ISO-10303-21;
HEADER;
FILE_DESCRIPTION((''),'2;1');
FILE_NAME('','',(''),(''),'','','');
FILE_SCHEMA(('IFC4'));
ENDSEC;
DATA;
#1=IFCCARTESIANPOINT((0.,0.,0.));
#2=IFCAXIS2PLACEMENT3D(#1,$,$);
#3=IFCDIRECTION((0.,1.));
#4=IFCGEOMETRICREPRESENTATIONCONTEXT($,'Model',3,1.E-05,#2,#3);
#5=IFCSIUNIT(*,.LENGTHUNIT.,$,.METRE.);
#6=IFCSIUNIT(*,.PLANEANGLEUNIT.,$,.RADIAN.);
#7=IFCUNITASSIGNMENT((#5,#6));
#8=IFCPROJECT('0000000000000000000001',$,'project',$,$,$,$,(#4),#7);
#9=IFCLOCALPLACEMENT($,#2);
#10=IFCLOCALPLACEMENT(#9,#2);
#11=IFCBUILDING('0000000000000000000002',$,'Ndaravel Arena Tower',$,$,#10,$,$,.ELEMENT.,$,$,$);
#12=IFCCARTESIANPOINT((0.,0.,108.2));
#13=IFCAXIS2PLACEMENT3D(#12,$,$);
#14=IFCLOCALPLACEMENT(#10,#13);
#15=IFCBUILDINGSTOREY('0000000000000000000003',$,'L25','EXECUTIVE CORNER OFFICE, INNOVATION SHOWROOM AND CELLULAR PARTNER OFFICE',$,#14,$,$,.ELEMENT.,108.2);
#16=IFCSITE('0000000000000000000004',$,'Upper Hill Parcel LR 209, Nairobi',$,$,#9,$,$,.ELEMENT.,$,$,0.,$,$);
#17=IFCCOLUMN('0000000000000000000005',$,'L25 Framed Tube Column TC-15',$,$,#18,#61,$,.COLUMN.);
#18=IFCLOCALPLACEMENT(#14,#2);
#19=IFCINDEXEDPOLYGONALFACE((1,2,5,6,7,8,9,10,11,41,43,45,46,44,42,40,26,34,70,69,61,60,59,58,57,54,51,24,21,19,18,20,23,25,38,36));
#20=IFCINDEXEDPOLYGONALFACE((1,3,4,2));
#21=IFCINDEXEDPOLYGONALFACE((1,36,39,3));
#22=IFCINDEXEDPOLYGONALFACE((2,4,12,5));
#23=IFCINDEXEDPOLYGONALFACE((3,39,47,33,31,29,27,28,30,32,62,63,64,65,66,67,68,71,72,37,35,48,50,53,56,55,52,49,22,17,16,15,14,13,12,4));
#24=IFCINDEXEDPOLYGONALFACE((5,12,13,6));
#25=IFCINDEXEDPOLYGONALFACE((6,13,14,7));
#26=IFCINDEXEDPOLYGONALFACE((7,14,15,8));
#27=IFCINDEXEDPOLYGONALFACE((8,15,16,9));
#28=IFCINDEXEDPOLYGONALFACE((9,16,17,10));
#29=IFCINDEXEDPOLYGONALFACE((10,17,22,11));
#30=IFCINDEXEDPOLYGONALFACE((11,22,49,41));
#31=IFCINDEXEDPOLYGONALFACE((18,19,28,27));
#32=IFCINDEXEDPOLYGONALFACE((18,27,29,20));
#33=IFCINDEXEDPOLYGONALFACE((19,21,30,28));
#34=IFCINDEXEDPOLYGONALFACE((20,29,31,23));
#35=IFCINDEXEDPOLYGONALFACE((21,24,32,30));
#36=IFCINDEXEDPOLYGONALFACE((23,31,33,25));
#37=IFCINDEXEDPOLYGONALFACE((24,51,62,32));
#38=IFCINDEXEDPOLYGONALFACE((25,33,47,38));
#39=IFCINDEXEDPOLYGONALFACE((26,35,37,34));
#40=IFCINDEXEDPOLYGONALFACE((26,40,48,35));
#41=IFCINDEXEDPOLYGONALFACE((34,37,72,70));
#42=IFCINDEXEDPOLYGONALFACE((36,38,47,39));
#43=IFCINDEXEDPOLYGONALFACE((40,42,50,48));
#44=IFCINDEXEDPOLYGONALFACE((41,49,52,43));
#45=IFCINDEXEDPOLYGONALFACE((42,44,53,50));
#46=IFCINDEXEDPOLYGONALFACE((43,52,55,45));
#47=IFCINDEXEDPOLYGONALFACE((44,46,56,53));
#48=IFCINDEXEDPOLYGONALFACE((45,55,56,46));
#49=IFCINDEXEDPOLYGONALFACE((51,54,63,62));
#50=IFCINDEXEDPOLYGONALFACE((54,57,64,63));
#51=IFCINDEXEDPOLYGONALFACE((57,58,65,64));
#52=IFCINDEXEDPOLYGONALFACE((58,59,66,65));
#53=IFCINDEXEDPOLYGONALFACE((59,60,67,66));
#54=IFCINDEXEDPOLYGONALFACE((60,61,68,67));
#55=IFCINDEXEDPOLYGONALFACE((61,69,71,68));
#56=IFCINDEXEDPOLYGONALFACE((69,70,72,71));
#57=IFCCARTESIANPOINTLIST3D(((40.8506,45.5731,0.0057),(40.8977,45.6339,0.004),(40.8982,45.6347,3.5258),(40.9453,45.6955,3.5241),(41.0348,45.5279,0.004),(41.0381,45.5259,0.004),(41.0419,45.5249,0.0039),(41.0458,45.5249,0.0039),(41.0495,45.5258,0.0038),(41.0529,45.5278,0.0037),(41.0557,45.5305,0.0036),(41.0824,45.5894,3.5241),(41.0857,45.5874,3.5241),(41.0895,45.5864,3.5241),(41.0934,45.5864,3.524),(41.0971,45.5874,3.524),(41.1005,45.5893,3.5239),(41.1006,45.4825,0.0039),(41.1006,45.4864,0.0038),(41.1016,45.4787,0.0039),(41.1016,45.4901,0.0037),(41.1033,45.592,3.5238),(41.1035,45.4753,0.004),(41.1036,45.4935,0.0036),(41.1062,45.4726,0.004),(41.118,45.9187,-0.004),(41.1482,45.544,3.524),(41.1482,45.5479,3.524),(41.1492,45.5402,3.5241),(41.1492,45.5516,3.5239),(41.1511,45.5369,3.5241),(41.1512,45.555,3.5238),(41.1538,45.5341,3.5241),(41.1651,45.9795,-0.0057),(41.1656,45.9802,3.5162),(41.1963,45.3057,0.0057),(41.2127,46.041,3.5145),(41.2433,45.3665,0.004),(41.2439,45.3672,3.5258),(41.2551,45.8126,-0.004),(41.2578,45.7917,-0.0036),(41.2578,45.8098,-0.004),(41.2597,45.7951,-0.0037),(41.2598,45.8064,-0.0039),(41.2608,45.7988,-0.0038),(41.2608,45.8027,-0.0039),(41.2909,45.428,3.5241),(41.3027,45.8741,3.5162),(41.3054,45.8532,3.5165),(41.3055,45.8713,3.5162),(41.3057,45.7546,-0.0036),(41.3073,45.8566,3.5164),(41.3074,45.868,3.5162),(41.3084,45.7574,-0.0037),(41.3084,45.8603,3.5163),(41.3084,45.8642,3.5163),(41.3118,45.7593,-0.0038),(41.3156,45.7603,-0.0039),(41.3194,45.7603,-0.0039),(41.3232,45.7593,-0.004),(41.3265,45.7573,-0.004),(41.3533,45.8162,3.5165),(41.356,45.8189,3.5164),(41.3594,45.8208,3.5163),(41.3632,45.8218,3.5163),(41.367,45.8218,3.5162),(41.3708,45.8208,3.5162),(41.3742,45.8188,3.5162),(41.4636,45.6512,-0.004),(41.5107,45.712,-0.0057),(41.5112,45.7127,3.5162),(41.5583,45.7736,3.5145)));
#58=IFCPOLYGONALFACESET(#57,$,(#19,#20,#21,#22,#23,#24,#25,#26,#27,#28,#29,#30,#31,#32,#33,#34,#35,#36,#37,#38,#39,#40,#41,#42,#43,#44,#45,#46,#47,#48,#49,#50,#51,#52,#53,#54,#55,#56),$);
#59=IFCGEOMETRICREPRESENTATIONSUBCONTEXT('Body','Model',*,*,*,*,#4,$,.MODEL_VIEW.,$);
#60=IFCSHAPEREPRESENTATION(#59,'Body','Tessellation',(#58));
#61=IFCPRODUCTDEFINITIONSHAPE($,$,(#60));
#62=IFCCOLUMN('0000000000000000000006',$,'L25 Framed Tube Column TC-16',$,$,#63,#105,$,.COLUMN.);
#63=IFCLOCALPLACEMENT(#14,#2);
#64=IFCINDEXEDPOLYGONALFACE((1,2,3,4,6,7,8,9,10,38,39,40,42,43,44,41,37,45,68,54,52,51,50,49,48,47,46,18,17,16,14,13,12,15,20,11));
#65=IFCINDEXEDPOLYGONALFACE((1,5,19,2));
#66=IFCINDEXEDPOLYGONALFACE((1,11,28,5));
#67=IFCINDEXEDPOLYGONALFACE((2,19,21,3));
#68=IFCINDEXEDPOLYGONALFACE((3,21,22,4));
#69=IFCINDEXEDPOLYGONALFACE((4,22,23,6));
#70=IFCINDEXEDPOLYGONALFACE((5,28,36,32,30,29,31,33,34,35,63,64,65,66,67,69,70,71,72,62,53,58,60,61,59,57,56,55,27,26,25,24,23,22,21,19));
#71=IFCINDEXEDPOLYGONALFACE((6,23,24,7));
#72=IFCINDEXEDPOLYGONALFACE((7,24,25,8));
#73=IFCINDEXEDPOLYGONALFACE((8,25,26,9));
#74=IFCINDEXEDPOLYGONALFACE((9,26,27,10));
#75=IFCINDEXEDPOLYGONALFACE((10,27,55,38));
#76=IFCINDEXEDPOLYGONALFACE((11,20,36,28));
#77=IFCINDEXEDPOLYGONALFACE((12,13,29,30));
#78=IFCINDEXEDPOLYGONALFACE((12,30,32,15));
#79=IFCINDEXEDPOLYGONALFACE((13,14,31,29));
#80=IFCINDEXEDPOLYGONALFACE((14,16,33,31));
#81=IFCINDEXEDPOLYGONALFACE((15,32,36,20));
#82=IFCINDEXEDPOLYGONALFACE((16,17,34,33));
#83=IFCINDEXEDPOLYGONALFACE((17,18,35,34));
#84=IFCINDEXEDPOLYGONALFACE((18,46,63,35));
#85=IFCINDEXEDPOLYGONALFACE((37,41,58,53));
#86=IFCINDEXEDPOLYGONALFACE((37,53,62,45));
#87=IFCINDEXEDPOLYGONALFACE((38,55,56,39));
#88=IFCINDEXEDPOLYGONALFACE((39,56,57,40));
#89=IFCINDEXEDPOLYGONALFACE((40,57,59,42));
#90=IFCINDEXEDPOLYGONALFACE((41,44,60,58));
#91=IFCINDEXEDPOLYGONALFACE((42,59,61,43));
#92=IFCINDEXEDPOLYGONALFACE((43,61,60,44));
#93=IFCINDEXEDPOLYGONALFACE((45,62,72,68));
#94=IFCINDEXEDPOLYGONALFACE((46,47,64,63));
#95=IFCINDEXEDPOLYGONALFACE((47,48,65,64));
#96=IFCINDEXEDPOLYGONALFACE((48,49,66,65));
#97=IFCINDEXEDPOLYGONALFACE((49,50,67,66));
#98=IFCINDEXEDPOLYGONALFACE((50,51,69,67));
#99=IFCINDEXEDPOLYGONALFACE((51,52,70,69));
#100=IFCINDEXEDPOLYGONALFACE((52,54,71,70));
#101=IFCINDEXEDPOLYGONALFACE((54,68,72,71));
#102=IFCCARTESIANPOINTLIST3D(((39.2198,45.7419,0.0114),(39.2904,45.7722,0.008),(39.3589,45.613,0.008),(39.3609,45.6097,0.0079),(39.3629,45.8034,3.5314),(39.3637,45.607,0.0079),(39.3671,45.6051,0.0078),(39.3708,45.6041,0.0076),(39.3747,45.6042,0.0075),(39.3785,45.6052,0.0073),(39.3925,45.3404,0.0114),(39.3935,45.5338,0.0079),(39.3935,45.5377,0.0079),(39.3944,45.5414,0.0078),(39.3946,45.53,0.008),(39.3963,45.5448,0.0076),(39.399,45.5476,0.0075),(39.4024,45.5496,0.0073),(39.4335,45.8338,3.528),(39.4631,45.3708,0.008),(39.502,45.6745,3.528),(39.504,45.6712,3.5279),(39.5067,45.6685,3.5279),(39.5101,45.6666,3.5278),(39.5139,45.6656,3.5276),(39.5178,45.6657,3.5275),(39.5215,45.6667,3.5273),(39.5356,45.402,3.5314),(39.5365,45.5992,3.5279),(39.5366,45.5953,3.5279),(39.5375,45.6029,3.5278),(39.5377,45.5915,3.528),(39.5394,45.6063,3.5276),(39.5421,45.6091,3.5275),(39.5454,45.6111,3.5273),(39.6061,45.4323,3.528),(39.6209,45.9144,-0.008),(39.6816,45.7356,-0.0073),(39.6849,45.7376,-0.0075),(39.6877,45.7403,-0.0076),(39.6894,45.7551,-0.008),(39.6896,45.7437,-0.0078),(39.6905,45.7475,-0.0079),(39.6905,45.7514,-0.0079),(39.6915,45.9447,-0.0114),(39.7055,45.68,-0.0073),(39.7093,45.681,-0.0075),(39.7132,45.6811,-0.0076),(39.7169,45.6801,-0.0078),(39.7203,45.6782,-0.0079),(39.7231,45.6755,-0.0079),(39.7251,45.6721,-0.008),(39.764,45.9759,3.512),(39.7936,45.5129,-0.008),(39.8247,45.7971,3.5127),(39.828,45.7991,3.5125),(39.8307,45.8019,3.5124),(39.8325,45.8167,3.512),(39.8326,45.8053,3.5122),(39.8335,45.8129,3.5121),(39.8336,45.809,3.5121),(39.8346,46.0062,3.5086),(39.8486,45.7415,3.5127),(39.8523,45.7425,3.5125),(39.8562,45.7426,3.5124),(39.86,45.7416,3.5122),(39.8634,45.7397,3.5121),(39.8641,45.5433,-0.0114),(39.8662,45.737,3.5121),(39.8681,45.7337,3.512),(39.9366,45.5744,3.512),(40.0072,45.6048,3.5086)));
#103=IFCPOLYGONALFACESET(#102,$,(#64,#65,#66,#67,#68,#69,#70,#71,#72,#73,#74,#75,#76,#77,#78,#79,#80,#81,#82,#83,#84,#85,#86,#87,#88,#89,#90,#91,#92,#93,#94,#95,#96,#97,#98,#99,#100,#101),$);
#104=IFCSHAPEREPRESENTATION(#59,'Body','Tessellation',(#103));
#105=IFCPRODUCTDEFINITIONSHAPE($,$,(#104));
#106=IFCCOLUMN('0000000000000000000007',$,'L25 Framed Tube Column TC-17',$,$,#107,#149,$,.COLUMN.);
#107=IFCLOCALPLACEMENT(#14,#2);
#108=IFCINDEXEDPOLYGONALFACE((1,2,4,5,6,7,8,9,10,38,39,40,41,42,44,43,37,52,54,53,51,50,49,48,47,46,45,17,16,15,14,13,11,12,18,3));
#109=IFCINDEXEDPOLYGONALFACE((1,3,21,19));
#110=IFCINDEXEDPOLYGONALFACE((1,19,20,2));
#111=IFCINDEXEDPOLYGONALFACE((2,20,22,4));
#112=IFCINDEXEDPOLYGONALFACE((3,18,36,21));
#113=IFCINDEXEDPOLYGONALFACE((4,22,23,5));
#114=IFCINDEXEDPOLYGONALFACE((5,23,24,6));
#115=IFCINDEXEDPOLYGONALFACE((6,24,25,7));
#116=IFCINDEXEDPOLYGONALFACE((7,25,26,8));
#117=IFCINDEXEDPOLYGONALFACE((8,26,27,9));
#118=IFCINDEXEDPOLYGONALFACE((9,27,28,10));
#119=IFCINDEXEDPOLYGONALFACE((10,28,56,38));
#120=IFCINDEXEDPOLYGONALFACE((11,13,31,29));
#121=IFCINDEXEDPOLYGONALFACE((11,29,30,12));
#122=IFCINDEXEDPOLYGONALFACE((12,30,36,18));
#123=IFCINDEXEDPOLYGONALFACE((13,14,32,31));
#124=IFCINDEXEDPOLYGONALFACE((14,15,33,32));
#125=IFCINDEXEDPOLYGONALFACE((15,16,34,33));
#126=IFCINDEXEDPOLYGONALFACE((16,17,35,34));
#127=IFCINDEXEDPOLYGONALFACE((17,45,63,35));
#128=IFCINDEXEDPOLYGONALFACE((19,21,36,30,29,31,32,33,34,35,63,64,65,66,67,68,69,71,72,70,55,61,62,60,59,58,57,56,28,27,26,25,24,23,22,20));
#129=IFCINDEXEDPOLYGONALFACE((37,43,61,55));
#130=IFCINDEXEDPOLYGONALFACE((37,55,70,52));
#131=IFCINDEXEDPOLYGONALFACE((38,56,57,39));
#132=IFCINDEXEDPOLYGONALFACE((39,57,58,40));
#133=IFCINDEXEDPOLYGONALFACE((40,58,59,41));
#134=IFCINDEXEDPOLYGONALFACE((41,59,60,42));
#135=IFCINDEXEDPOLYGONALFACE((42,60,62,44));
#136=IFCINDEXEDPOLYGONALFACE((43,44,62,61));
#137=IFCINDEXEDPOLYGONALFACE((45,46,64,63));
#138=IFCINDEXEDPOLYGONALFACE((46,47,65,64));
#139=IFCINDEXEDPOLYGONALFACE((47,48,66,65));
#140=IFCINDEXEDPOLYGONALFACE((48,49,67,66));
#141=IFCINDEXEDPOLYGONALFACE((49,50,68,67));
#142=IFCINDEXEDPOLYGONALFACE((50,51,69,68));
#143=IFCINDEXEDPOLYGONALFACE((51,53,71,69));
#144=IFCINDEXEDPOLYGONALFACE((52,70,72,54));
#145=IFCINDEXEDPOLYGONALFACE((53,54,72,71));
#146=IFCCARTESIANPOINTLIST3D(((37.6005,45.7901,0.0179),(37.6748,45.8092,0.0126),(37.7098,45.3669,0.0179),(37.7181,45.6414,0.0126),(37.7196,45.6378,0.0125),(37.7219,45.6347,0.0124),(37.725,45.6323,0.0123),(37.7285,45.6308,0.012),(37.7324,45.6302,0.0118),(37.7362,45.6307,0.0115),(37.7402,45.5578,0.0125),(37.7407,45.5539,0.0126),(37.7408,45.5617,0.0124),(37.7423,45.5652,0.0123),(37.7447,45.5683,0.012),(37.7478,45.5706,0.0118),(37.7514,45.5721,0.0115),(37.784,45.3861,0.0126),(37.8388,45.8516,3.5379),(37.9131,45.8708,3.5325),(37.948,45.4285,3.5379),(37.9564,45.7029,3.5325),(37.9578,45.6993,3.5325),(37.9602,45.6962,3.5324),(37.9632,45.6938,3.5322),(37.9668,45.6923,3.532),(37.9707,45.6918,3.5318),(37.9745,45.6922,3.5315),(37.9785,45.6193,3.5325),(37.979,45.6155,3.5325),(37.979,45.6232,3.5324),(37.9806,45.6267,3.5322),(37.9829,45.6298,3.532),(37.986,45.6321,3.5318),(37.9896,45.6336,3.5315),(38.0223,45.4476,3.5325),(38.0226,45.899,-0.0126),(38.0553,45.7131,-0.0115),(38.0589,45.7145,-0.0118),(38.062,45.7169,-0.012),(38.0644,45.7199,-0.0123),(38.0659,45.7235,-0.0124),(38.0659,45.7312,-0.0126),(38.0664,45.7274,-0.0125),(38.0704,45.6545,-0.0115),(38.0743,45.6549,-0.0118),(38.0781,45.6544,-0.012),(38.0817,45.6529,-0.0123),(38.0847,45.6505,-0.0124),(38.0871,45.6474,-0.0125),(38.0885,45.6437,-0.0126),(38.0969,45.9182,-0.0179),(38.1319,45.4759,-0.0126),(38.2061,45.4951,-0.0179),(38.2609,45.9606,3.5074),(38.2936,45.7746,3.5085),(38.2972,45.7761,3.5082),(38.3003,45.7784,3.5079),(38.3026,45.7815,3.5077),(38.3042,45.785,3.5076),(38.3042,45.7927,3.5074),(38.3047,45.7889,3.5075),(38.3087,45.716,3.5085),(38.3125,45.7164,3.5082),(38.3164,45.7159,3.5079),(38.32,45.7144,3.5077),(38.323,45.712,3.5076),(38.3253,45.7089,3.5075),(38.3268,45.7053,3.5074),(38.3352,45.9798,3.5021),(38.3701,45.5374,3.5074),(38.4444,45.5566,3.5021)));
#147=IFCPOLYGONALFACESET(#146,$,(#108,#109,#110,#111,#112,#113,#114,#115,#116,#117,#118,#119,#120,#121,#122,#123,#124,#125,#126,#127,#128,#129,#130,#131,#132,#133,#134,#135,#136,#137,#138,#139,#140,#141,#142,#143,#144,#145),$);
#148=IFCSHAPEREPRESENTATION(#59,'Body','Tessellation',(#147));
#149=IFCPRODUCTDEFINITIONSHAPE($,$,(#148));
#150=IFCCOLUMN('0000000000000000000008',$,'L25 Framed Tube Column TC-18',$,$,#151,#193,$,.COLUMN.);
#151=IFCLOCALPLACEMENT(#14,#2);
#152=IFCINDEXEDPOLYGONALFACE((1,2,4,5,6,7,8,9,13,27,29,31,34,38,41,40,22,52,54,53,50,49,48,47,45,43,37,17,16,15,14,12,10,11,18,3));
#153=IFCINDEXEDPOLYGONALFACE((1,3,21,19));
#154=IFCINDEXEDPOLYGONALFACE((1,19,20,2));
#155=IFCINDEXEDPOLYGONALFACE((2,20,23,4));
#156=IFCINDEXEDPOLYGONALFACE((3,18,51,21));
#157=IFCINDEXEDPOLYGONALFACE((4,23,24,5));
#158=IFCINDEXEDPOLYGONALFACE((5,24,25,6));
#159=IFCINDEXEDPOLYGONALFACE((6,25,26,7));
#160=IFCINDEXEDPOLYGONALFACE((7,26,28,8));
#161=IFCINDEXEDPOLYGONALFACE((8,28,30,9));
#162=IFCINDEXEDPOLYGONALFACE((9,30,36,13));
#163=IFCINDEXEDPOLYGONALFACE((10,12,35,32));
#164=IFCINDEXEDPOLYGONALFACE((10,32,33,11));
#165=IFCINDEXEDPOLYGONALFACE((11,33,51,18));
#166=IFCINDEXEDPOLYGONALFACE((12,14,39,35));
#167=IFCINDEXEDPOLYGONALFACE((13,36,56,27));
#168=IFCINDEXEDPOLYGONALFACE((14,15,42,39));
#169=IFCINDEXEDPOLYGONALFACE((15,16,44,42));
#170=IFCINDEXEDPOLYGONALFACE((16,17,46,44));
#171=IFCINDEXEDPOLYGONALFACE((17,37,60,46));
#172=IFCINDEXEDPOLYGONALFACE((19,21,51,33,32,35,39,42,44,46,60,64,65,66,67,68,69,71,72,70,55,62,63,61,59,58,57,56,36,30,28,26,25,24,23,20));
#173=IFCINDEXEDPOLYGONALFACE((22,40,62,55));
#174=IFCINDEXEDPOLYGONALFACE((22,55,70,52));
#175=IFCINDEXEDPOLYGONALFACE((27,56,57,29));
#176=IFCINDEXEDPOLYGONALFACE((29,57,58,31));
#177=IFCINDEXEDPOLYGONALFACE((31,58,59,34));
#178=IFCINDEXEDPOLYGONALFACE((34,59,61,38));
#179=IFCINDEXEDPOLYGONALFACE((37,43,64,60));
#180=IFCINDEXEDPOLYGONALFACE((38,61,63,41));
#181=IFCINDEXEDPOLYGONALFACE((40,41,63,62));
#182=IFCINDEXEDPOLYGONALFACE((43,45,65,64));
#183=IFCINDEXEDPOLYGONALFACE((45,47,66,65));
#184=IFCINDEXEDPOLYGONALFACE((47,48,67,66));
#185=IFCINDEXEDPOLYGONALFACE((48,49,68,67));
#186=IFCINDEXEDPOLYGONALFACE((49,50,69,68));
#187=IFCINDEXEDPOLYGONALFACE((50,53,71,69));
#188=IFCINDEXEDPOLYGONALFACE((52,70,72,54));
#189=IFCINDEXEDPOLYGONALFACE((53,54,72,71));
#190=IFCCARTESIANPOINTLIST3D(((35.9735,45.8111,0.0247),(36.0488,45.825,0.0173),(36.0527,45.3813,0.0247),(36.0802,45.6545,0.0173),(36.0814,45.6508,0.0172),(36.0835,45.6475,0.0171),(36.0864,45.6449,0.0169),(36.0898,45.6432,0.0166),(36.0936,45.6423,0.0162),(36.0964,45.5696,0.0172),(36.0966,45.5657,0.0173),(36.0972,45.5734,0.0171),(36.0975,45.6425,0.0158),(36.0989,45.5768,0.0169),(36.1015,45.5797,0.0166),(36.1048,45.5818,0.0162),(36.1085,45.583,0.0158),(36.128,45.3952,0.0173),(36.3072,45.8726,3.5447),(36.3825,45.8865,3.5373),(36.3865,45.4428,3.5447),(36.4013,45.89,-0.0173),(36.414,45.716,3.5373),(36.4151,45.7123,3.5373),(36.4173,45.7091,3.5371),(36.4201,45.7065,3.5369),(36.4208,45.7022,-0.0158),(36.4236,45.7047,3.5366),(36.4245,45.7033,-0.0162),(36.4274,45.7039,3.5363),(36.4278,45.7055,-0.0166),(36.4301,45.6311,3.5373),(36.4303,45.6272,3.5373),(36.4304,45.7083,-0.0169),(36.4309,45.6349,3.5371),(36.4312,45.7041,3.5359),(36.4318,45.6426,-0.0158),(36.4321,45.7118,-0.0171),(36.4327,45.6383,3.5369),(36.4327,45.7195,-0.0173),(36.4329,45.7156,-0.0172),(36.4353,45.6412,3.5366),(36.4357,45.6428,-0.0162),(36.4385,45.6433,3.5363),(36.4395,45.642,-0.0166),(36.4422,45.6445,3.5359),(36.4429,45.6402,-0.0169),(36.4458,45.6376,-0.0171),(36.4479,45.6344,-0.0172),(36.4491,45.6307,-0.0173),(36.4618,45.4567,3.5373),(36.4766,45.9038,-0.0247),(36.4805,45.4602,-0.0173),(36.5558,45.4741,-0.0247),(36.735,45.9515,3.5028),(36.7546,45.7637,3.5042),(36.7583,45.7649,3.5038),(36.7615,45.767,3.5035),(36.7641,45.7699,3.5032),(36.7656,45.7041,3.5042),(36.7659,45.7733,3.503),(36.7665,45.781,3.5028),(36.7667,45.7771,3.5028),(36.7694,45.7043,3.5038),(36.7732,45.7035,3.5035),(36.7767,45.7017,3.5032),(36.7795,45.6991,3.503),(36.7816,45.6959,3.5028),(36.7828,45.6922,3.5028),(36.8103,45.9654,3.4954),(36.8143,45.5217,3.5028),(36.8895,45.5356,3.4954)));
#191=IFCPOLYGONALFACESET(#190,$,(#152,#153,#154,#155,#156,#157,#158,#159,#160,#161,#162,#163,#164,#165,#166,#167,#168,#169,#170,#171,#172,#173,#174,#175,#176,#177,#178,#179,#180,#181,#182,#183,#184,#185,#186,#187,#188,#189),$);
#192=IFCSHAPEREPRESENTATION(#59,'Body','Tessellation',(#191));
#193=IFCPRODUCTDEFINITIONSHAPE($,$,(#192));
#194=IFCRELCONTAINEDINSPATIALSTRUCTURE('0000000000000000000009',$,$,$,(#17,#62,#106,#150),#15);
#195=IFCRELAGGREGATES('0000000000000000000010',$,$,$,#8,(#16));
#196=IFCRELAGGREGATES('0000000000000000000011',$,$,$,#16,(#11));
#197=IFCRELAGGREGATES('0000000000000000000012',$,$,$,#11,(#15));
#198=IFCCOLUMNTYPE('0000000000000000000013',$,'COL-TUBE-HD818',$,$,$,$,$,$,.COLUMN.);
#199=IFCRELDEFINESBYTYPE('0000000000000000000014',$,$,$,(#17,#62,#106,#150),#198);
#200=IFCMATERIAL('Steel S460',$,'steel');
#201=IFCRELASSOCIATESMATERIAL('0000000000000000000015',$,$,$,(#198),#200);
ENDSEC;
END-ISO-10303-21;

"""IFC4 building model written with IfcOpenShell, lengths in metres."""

from ifc_helpers import new_model, si_unit, direction, frame, origin, origin_2d, place, context, subcontext, project, spatial, i_section, extrude, material, material_profile, profile_set, type_object, element, save


model = new_model("IFC4")

# Units and contexts
model_context = context("Model", 3, precision=1e-05, world=origin(), true_north=direction((0.0, 1.0)))
body_context = subcontext(model_context, "Body", "Model", "MODEL_VIEW")
ifc_project = project(units=[si_unit("LENGTHUNIT", "METRE"), si_unit("PLANEANGLEUNIT", "RADIAN")], contexts=[model_context])

# Site, building, storey
site_placement = place(None, origin())
site = spatial("IfcSite", under=ifc_project, at=site_placement, Name="Upper Hill Parcel LR 209, Nairobi", CompositionType="ELEMENT", RefElevation=0.0)
building_placement = place(site_placement, origin())
building = spatial("IfcBuilding", under=site, at=building_placement, Name="Ndaravel Arena Tower", CompositionType="ELEMENT")
storey_placement = place(building_placement, frame((0.0, 0.0, 108.2)))
storey = spatial("IfcBuildingStorey", under=building, at=storey_placement, Name="L25", Description="EXECUTIVE CORNER OFFICE, INNOVATION SHOWROOM AND CELLULAR PARTNER OFFICE", CompositionType="ELEMENT", Elevation=108.2)

# Columns
ifc_material_1 = material(Name="Steel S460", Category="steel")
ifc_material_profile_1 = material_profile(ifc_material_1, i_section(OverallWidth=0.437, OverallDepth=0.5139, WebThickness=0.0605, FlangeThickness=0.0769, FilletRadius=0.0149, at=origin_2d()), Name="HD 400x818")
ifc_profile_set_1 = profile_set([ifc_material_profile_1], Name="Steel S460")
column_type = type_object("IfcColumnType", Name="COL-TUBE-HD818", PredefinedType="COLUMN", material=ifc_profile_set_1)
column_1_placement = place(storey_placement, frame((41.1807, 45.6426, 0.0), z_axis=(0.013521, 0.017474, 0.999756), x_axis=(-0.790871, 0.611983, 0.0)))
element("IfcColumn", 1, at=column_1_placement, inside=storey, type_object=column_type, Name="L25 Framed Tube Column TC-15", PredefinedType="COLUMN", context=body_context, shape_type="SweptSolid", body=[
    extrude(i_section(OverallWidth=0.437, OverallDepth=0.5139, WebThickness=0.0605, FlangeThickness=0.0769, FilletRadius=0.0149, at=origin_2d()), origin(), (0.0, 0.0, 1.0), 3.521),
])
column_2_placement = place(storey_placement, frame((39.542, 45.6426, 0.0), z_axis=(0.040604, 0.017461, 0.999023), x_axis=(-0.395054, 0.918658, 0.0)))
element("IfcColumn", 2, at=column_2_placement, inside=storey, type_object=column_type, Name="L25 Framed Tube Column TC-16", PredefinedType="COLUMN", context=body_context, shape_type="SweptSolid", body=[
    extrude(i_section(OverallWidth=0.437, OverallDepth=0.5139, WebThickness=0.0605, FlangeThickness=0.0769, FilletRadius=0.0149, at=origin_2d()), origin(), (0.0, 0.0, 1.0), 3.5234),
])
column_3_placement = place(storey_placement, frame((37.9033, 45.6426, 0.0), z_axis=(0.067528, 0.017436, 0.997565), x_axis=(-0.249998, 0.968246, 0.0)))
element("IfcColumn", 3, at=column_3_placement, inside=storey, type_object=column_type, Name="L25 Framed Tube Column TC-17", PredefinedType="COLUMN", context=body_context, shape_type="SweptSolid", body=[
    extrude(i_section(OverallWidth=0.437, OverallDepth=0.5139, WebThickness=0.0605, FlangeThickness=0.0769, FilletRadius=0.0149, at=origin_2d()), origin(), (0.0, 0.0, 1.0), 3.5286),
])
column_4_placement = place(storey_placement, frame((36.2646, 45.6426, 0.0), z_axis=(0.094374, 0.017397, 0.995385), x_axis=(-0.181291, 0.98343, 0.0)))
element("IfcColumn", 4, at=column_4_placement, inside=storey, type_object=column_type, Name="L25 Framed Tube Column TC-18", PredefinedType="COLUMN", context=body_context, shape_type="SweptSolid", body=[
    extrude(i_section(OverallWidth=0.437, OverallDepth=0.5139, WebThickness=0.0605, FlangeThickness=0.0769, FilletRadius=0.0149, at=origin_2d()), origin(), (0.0, 0.0, 1.0), 3.5364),
])

save(model, "model.ifc")
